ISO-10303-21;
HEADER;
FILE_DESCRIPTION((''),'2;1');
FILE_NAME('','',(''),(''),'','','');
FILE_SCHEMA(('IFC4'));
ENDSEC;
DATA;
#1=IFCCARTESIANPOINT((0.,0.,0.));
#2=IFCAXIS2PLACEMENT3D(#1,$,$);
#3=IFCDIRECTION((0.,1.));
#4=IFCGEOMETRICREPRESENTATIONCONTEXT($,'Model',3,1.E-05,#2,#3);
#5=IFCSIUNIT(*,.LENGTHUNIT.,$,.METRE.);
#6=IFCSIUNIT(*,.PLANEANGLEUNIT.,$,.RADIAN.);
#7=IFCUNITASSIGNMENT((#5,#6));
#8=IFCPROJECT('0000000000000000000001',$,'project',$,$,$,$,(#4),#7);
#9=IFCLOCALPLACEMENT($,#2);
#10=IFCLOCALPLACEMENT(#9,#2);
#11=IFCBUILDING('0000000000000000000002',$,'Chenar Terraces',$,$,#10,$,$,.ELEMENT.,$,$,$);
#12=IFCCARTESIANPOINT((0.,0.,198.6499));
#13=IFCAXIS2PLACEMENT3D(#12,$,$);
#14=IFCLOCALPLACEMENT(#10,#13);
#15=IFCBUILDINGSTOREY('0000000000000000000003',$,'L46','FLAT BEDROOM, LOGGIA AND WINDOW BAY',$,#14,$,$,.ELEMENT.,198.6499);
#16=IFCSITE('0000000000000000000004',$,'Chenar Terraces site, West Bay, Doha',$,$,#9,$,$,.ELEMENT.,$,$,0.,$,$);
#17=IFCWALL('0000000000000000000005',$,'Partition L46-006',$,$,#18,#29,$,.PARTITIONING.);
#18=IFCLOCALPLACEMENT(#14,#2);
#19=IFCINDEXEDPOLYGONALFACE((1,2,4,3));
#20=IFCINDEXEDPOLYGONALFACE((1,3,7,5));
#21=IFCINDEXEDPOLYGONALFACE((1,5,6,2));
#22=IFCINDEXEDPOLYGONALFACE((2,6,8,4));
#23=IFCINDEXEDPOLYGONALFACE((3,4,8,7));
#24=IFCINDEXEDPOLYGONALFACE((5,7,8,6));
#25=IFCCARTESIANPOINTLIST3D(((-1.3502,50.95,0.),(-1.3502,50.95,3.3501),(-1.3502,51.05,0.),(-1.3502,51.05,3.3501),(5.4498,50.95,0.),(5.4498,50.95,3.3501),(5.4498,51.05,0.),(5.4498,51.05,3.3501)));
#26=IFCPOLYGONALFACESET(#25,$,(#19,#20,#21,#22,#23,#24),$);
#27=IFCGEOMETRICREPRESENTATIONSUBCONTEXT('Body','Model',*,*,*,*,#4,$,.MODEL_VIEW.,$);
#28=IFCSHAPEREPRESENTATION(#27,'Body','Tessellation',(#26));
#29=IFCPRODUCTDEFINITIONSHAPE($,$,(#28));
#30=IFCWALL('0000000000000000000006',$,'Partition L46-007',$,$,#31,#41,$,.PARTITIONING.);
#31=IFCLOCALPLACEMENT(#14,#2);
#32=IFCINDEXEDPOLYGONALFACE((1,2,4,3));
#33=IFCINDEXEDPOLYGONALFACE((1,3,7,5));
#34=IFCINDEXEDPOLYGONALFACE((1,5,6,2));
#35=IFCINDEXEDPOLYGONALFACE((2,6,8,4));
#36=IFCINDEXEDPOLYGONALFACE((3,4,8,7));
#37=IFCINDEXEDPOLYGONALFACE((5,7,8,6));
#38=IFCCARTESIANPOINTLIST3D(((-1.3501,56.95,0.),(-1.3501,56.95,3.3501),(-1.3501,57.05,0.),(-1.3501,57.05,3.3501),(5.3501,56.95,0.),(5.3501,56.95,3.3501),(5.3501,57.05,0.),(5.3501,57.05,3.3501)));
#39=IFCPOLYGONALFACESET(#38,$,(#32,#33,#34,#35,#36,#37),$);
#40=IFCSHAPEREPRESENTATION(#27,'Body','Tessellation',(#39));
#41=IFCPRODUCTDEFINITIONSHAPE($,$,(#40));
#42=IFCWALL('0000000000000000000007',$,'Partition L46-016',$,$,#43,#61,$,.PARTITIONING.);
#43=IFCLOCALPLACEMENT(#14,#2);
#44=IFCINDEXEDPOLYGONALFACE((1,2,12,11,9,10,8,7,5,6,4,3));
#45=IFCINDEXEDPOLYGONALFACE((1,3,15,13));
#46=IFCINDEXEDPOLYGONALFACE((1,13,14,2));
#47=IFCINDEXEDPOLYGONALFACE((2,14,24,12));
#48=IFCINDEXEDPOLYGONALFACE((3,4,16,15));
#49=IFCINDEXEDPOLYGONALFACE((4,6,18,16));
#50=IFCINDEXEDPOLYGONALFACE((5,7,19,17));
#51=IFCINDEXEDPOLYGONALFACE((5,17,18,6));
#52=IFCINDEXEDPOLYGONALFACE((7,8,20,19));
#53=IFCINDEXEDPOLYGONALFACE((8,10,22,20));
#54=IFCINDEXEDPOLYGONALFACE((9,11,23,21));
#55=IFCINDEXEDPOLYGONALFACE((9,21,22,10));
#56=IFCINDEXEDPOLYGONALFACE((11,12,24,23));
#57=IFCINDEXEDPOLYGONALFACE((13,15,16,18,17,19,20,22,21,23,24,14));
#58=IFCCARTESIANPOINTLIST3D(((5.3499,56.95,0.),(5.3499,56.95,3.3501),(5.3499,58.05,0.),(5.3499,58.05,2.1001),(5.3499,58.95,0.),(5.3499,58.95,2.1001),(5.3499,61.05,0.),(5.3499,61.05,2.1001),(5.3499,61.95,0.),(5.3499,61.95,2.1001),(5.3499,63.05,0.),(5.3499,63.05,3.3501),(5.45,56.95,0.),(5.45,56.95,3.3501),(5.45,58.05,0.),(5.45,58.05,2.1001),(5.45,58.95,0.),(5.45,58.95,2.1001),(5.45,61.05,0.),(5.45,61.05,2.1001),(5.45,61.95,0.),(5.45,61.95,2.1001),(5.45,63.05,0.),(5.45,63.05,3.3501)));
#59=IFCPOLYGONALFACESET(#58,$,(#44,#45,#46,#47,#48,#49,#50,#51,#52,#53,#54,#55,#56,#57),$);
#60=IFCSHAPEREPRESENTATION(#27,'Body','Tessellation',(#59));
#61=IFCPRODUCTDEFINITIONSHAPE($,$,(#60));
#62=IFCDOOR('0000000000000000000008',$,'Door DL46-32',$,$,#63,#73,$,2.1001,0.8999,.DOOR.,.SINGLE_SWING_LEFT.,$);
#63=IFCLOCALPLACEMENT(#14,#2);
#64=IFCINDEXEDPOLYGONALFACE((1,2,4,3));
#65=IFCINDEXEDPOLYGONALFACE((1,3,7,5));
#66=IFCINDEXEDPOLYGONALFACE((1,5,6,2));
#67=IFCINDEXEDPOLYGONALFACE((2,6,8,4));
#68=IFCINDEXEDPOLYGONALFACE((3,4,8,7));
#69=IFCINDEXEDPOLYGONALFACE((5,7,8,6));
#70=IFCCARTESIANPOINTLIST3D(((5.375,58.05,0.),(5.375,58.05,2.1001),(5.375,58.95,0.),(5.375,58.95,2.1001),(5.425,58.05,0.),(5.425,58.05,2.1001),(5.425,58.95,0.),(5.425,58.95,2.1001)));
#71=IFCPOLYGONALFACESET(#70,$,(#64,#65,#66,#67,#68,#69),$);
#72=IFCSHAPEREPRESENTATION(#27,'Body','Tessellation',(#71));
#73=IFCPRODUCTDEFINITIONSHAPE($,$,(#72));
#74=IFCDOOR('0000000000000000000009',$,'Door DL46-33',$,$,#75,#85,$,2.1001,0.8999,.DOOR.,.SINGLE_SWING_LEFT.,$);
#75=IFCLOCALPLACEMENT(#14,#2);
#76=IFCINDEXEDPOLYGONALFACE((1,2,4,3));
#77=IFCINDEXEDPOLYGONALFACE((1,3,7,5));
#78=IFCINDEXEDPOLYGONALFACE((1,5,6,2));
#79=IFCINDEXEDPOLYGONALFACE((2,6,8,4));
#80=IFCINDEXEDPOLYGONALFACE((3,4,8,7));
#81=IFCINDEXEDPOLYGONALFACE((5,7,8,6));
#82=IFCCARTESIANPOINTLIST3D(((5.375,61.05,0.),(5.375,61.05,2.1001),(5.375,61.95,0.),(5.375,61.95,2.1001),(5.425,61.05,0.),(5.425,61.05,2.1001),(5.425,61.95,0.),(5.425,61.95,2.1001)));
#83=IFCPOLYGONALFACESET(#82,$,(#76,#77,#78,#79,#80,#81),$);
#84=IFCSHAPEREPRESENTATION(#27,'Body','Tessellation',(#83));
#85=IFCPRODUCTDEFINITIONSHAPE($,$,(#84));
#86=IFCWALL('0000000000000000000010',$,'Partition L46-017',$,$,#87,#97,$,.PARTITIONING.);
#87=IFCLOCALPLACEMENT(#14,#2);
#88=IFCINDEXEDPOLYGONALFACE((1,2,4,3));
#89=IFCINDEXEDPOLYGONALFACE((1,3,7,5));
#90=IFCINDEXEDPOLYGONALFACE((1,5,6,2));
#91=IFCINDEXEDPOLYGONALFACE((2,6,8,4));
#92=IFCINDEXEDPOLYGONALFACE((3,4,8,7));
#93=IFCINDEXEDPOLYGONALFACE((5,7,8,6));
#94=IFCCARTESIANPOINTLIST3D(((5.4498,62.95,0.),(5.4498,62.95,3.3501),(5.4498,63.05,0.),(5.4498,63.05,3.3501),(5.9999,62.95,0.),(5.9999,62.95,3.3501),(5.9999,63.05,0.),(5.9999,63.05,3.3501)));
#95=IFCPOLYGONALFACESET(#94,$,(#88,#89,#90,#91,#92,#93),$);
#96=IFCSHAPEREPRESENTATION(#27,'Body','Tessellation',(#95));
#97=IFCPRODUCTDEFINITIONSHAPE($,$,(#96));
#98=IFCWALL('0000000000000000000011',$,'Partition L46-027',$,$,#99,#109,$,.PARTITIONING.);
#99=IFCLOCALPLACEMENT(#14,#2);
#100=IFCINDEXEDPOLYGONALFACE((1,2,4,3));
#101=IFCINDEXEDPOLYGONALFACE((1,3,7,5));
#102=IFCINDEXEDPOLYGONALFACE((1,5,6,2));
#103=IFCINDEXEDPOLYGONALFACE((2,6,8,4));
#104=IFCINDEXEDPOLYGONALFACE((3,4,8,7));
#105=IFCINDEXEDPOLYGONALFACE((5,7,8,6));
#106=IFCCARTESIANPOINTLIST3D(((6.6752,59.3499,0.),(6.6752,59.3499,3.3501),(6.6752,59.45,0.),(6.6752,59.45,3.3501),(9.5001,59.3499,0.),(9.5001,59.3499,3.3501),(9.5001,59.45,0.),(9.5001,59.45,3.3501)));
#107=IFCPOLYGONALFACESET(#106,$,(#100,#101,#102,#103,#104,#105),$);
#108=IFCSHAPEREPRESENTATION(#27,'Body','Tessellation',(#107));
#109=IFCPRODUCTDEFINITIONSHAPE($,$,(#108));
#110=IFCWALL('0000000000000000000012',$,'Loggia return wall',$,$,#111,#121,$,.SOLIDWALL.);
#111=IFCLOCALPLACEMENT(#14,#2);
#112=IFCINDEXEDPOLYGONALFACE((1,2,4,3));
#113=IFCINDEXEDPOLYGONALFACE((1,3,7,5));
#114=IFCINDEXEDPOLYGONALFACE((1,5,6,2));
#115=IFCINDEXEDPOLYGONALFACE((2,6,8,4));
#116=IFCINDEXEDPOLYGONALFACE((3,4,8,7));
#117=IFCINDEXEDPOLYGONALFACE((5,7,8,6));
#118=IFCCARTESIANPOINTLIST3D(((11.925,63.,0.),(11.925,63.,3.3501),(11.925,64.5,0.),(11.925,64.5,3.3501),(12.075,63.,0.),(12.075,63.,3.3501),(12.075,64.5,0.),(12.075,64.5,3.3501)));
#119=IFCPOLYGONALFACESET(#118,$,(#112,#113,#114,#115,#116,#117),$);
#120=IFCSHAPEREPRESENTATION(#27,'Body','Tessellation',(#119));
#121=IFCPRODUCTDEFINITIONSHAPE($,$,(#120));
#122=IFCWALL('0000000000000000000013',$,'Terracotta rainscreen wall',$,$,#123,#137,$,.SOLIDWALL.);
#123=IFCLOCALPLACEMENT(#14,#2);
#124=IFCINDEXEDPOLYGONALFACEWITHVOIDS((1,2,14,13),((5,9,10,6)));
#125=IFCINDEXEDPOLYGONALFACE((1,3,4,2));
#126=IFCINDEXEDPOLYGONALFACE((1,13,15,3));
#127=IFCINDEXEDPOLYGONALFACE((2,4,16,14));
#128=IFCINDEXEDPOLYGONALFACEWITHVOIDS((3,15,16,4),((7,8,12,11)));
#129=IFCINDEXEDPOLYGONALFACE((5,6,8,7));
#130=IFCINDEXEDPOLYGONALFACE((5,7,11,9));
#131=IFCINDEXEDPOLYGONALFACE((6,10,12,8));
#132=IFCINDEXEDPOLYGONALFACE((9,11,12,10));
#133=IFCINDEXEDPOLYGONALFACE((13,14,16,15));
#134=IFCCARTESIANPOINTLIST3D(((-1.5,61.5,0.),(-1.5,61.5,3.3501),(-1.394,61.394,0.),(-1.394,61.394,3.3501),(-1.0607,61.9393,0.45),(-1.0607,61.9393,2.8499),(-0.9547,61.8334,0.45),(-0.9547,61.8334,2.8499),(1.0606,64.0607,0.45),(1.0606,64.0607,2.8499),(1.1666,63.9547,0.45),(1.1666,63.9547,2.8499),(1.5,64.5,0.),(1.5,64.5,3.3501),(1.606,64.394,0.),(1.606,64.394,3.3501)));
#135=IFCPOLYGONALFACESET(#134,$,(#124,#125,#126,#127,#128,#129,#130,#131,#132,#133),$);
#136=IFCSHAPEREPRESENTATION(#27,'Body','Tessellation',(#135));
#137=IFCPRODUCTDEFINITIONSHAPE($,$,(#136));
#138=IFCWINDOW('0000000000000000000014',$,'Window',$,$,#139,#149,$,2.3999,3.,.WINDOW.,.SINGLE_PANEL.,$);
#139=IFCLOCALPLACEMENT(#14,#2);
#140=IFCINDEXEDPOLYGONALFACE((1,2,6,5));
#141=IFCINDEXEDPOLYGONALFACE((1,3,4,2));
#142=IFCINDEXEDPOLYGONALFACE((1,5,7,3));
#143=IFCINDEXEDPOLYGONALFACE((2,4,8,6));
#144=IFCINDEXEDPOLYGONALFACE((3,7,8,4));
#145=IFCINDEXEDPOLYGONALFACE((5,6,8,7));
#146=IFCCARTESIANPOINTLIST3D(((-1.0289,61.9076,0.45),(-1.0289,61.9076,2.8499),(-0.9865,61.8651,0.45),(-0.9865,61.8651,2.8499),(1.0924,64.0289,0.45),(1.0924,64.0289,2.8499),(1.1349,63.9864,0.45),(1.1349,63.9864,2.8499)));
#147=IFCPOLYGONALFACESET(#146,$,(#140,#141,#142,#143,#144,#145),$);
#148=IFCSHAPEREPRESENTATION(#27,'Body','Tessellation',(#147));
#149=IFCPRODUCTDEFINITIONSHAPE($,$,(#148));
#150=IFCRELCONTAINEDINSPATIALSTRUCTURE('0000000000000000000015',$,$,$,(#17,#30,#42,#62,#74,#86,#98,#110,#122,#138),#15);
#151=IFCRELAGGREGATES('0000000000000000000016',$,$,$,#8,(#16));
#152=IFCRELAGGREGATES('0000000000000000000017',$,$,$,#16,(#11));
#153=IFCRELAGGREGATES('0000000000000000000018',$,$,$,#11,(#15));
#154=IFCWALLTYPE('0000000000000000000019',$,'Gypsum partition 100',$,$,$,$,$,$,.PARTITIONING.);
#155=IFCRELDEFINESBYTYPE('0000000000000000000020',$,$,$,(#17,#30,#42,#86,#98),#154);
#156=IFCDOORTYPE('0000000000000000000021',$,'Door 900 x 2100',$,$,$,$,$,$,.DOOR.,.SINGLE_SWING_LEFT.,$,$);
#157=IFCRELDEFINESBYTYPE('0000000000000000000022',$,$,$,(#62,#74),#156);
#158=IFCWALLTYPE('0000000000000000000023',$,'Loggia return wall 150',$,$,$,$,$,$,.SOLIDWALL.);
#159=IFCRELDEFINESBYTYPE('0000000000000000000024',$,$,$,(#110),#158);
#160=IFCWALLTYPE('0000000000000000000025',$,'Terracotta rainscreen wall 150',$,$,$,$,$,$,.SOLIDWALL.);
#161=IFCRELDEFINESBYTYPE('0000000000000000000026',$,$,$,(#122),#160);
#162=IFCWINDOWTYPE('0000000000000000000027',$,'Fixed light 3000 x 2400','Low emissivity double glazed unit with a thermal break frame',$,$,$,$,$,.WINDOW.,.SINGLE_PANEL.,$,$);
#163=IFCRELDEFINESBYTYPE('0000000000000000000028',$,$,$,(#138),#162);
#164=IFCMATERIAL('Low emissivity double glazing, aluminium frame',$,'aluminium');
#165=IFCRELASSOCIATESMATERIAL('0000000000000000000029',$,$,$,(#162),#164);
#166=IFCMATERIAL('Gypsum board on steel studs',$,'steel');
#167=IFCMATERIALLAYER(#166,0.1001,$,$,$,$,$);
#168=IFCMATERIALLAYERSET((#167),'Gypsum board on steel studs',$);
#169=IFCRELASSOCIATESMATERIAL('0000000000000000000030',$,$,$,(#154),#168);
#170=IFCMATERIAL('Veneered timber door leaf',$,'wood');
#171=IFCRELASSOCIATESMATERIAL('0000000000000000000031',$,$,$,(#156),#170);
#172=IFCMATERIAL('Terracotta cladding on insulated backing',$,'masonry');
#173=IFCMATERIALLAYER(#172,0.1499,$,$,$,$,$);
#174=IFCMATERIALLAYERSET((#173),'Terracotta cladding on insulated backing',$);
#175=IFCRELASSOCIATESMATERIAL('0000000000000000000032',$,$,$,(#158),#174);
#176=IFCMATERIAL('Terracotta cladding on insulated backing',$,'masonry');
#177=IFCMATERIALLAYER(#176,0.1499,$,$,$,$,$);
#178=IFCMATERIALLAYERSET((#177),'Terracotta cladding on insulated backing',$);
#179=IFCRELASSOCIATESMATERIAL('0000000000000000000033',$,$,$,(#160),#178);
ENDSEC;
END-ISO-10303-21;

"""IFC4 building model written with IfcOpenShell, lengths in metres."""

from ifc_helpers import new_model, si_unit, direction, frame, frame_2d, origin, place, context, subcontext, project, spatial, rectangle, extrude, material, layer, layer_set, type_object, element, fill, save


model = new_model("IFC4")

# Units and contexts
model_context = context("Model", 3, precision=1e-05, world=origin(), true_north=direction((0.0, 1.0)))
body_context = subcontext(model_context, "Body", "Model", "MODEL_VIEW")
ifc_project = project(units=[si_unit("LENGTHUNIT", "METRE"), si_unit("PLANEANGLEUNIT", "RADIAN")], contexts=[model_context])

# Site, building, storey
site_placement = place(None, origin())
site = spatial("IfcSite", under=ifc_project, at=site_placement, Name="Chenar Terraces site, West Bay, Doha", CompositionType="ELEMENT", RefElevation=0.0)
building_placement = place(site_placement, origin())
building = spatial("IfcBuilding", under=site, at=building_placement, Name="Chenar Terraces", CompositionType="ELEMENT")
storey_placement = place(building_placement, frame((0.0, 0.0, 198.6499)))
storey = spatial("IfcBuildingStorey", under=building, at=storey_placement, Name="L46", Description="FLAT BEDROOM, LOGGIA AND WINDOW BAY", CompositionType="ELEMENT", Elevation=198.6499)

# Shared definitions
ifc_material_1 = material(Name="Low emissivity double glazing, aluminium frame", Category="aluminium")
window_type_1 = type_object("IfcWindowType", Name="Fixed light 3000 x 2400", Description="Low emissivity double glazed unit with a thermal break frame", PartitioningType="SINGLE_PANEL", PredefinedType="WINDOW", material=ifc_material_1)

# Walls
ifc_material_2 = material(Name="Gypsum board on steel studs", Category="steel")
ifc_layer_1 = layer(ifc_material_2, 0.1001)
ifc_layer_set_1 = layer_set([ifc_layer_1], Name="Gypsum board on steel studs")
wall_type_1 = type_object("IfcWallType", Name="Gypsum partition 100", PredefinedType="PARTITIONING", material=ifc_layer_set_1)
wall_1_placement = place(storey_placement, frame((-1.3501, 51.0, 0.0), z_axis=(0.0, 0.0, 1.0), x_axis=(1.0, 0.0, 0.0)))
element("IfcWall", 1, at=wall_1_placement, inside=storey, type_object=wall_type_1, Name="Partition L46-006", PredefinedType="PARTITIONING", context=body_context, shape_type="SweptSolid", body=[
    extrude(rectangle(XDim=6.8, YDim=0.1001, at=frame_2d((3.3999, 0.0))), origin(), (0.0, 0.0, 1.0), 3.3501),
])
wall_2_placement = place(storey_placement, frame((-1.3501, 57.0, 0.0), z_axis=(0.0, 0.0, 1.0), x_axis=(1.0, 0.0, 0.0)))
element("IfcWall", 2, at=wall_2_placement, inside=storey, type_object=wall_type_1, Name="Partition L46-007", PredefinedType="PARTITIONING", context=body_context, shape_type="SweptSolid", body=[
    extrude(rectangle(XDim=6.7002, YDim=0.1001, at=frame_2d((3.3501, 0.0))), origin(), (0.0, 0.0, 1.0), 3.3501),
])

# Wall, openings, doors
wall_3_placement = place(storey_placement, frame((5.3999, 56.95, 0.0), z_axis=(0.0, 0.0, 1.0), x_axis=(0.0, 1.0, 0.0)))
wall_3 = element("IfcWall", 3, at=wall_3_placement, inside=storey, type_object=wall_type_1, Name="Partition L46-016", PredefinedType="PARTITIONING", context=body_context, shape_type="SweptSolid", body=[
    extrude(rectangle(XDim=6.1001, YDim=0.1001, at=frame_2d((3.05, 0.0))), origin(), (0.0, 0.0, 1.0), 3.3501),
])
opening_1_placement = place(wall_3_placement, frame((1.1001, 0.0, 0.0)))
opening_1 = element("IfcOpeningElement", 4, at=opening_1_placement, cuts=wall_3, PredefinedType="OPENING", context=body_context, shape_type="SweptSolid", body=[
    extrude(rectangle(XDim=0.8999, YDim=2.1001, at=frame_2d((0.45, 1.05))), frame((0.0, 0.0601, 0.0), z_axis=(0.0, -1.0, 0.0), x_axis=(1.0, 0.0, 0.0)), (0.0, 0.0, 1.0), 0.1201),
])
opening_2_placement = place(wall_3_placement, frame((4.1001, 0.0, 0.0)))
opening_2 = element("IfcOpeningElement", 5, at=opening_2_placement, cuts=wall_3, PredefinedType="OPENING", context=body_context, shape_type="SweptSolid", body=[
    extrude(rectangle(XDim=0.8999, YDim=2.1001, at=frame_2d((0.45, 1.05))), frame((0.0, 0.0601, 0.0), z_axis=(0.0, -1.0, 0.0), x_axis=(1.0, 0.0, 0.0)), (0.0, 0.0, 1.0), 0.1201),
])
ifc_material_3 = material(Name="Veneered timber door leaf", Category="wood")
door_type_1 = type_object("IfcDoorType", Name="Door 900 x 2100", OperationType="SINGLE_SWING_LEFT", PredefinedType="DOOR", material=ifc_material_3)
door_1_placement = place(opening_1_placement, origin())
door_1 = element("IfcDoor", 6, at=door_1_placement, inside=storey, type_object=door_type_1, Name="Door DL46-32", OperationType="SINGLE_SWING_LEFT", OverallHeight=2.1001, OverallWidth=0.8999, PredefinedType="DOOR", context=body_context, shape_type="SweptSolid", body=[
    extrude(rectangle(XDim=0.8999, YDim=2.1001, at=frame_2d((0.45, 1.05))), frame((0.0, 0.0249, 0.0), z_axis=(0.0, -1.0, 0.0), x_axis=(1.0, 0.0, 0.0)), (0.0, 0.0, 1.0), 0.05),
])
fill(opening_1, door_1)
door_2_placement = place(opening_2_placement, origin())
door_2 = element("IfcDoor", 7, at=door_2_placement, inside=storey, type_object=door_type_1, Name="Door DL46-33", OperationType="SINGLE_SWING_LEFT", OverallHeight=2.1001, OverallWidth=0.8999, PredefinedType="DOOR", context=body_context, shape_type="SweptSolid", body=[
    extrude(rectangle(XDim=0.8999, YDim=2.1001, at=frame_2d((0.45, 1.05))), frame((0.0, 0.0249, 0.0), z_axis=(0.0, -1.0, 0.0), x_axis=(1.0, 0.0, 0.0)), (0.0, 0.0, 1.0), 0.05),
])
fill(opening_2, door_2)

# Walls
wall_4_placement = place(storey_placement, frame((5.45, 63.0, 0.0), z_axis=(0.0, 0.0, 1.0), x_axis=(1.0, 0.0, 0.0)))
element("IfcWall", 8, at=wall_4_placement, inside=storey, type_object=wall_type_1, Name="Partition L46-017", PredefinedType="PARTITIONING", context=body_context, shape_type="SweptSolid", body=[
    extrude(rectangle(XDim=0.55, YDim=0.1001, at=frame_2d((0.2749, 0.0))), origin(), (0.0, 0.0, 1.0), 3.3501),
])
wall_5_placement = place(storey_placement, frame((6.675, 59.3999, 0.0), z_axis=(0.0, 0.0, 1.0), x_axis=(1.0, 0.0, 0.0)))
element("IfcWall", 9, at=wall_5_placement, inside=storey, type_object=wall_type_1, Name="Partition L46-027", PredefinedType="PARTITIONING", context=body_context, shape_type="SweptSolid", body=[
    extrude(rectangle(XDim=2.825, YDim=0.1001, at=frame_2d((1.4126, 0.0))), origin(), (0.0, 0.0, 1.0), 3.3501),
])
ifc_material_4 = material(Name="Terracotta cladding on insulated backing", Category="masonry")
ifc_layer_2 = layer(ifc_material_4, 0.1499)
ifc_layer_set_2 = layer_set([ifc_layer_2], Name="Terracotta cladding on insulated backing")
wall_type_2 = type_object("IfcWallType", Name="Loggia return wall 150", PredefinedType="SOLIDWALL", material=ifc_layer_set_2)
wall_6_placement = place(storey_placement, frame((12.0, 64.5, 0.0), z_axis=(0.0, 0.0, 1.0), x_axis=(0.0, -1.0, 0.0)))
element("IfcWall", 10, at=wall_6_placement, inside=storey, type_object=wall_type_2, Name="Loggia return wall", PredefinedType="SOLIDWALL", context=body_context, shape_type="SweptSolid", body=[
    extrude(rectangle(XDim=1.5, YDim=0.1499, at=frame_2d((0.75, 0.0))), origin(), (0.0, 0.0, 1.0), 3.3501),
])

# Wall, opening, window
ifc_material_5 = material(Name="Terracotta cladding on insulated backing", Category="masonry")
ifc_layer_3 = layer(ifc_material_5, 0.1499)
ifc_layer_set_3 = layer_set([ifc_layer_3], Name="Terracotta cladding on insulated backing")
wall_type_3 = type_object("IfcWallType", Name="Terracotta rainscreen wall 150", PredefinedType="SOLIDWALL", material=ifc_layer_set_3)
wall_7_placement = place(storey_placement, frame((1.553, 64.447, 0.0), z_axis=(0.0, 0.0, 1.0), x_axis=(-0.707107, -0.707107, 0.0)))
wall_7 = element("IfcWall", 11, at=wall_7_placement, inside=storey, type_object=wall_type_3, Name="Terracotta rainscreen wall", PredefinedType="SOLIDWALL", context=body_context, shape_type="SweptSolid", body=[
    extrude(rectangle(XDim=4.2427, YDim=0.1499, at=frame_2d((2.1213, 0.0))), origin(), (0.0, 0.0, 1.0), 3.3501),
])
opening_3_placement = place(wall_7_placement, frame((0.6213, 0.0, 0.45)))
opening_3 = element("IfcOpeningElement", 12, at=opening_3_placement, cuts=wall_7, PredefinedType="OPENING", context=body_context, shape_type="SweptSolid", body=[
    extrude(rectangle(XDim=3.0, YDim=2.3999, at=frame_2d((1.5, 1.2))), frame((0.0, 0.085, 0.0), z_axis=(0.0, -1.0, 0.0), x_axis=(1.0, 0.0, 0.0)), (0.0, 0.0, 1.0), 0.1699),
])
window_1_placement = place(opening_3_placement, origin())
window_1 = element("IfcWindow", 13, at=window_1_placement, inside=storey, type_object=window_type_1, Name="Window", OverallHeight=2.3999, OverallWidth=3.0, PartitioningType="SINGLE_PANEL", PredefinedType="WINDOW", context=body_context, shape_type="SweptSolid", body=[
    extrude(rectangle(XDim=3.0, YDim=2.3999, at=frame_2d((1.5, 1.2))), frame((0.0, 0.03, 0.0), z_axis=(0.0, -1.0, 0.0), x_axis=(1.0, 0.0, 0.0)), (0.0, 0.0, 1.0), 0.0601),
])
fill(opening_3, window_1)

save(model, "model.ifc")
